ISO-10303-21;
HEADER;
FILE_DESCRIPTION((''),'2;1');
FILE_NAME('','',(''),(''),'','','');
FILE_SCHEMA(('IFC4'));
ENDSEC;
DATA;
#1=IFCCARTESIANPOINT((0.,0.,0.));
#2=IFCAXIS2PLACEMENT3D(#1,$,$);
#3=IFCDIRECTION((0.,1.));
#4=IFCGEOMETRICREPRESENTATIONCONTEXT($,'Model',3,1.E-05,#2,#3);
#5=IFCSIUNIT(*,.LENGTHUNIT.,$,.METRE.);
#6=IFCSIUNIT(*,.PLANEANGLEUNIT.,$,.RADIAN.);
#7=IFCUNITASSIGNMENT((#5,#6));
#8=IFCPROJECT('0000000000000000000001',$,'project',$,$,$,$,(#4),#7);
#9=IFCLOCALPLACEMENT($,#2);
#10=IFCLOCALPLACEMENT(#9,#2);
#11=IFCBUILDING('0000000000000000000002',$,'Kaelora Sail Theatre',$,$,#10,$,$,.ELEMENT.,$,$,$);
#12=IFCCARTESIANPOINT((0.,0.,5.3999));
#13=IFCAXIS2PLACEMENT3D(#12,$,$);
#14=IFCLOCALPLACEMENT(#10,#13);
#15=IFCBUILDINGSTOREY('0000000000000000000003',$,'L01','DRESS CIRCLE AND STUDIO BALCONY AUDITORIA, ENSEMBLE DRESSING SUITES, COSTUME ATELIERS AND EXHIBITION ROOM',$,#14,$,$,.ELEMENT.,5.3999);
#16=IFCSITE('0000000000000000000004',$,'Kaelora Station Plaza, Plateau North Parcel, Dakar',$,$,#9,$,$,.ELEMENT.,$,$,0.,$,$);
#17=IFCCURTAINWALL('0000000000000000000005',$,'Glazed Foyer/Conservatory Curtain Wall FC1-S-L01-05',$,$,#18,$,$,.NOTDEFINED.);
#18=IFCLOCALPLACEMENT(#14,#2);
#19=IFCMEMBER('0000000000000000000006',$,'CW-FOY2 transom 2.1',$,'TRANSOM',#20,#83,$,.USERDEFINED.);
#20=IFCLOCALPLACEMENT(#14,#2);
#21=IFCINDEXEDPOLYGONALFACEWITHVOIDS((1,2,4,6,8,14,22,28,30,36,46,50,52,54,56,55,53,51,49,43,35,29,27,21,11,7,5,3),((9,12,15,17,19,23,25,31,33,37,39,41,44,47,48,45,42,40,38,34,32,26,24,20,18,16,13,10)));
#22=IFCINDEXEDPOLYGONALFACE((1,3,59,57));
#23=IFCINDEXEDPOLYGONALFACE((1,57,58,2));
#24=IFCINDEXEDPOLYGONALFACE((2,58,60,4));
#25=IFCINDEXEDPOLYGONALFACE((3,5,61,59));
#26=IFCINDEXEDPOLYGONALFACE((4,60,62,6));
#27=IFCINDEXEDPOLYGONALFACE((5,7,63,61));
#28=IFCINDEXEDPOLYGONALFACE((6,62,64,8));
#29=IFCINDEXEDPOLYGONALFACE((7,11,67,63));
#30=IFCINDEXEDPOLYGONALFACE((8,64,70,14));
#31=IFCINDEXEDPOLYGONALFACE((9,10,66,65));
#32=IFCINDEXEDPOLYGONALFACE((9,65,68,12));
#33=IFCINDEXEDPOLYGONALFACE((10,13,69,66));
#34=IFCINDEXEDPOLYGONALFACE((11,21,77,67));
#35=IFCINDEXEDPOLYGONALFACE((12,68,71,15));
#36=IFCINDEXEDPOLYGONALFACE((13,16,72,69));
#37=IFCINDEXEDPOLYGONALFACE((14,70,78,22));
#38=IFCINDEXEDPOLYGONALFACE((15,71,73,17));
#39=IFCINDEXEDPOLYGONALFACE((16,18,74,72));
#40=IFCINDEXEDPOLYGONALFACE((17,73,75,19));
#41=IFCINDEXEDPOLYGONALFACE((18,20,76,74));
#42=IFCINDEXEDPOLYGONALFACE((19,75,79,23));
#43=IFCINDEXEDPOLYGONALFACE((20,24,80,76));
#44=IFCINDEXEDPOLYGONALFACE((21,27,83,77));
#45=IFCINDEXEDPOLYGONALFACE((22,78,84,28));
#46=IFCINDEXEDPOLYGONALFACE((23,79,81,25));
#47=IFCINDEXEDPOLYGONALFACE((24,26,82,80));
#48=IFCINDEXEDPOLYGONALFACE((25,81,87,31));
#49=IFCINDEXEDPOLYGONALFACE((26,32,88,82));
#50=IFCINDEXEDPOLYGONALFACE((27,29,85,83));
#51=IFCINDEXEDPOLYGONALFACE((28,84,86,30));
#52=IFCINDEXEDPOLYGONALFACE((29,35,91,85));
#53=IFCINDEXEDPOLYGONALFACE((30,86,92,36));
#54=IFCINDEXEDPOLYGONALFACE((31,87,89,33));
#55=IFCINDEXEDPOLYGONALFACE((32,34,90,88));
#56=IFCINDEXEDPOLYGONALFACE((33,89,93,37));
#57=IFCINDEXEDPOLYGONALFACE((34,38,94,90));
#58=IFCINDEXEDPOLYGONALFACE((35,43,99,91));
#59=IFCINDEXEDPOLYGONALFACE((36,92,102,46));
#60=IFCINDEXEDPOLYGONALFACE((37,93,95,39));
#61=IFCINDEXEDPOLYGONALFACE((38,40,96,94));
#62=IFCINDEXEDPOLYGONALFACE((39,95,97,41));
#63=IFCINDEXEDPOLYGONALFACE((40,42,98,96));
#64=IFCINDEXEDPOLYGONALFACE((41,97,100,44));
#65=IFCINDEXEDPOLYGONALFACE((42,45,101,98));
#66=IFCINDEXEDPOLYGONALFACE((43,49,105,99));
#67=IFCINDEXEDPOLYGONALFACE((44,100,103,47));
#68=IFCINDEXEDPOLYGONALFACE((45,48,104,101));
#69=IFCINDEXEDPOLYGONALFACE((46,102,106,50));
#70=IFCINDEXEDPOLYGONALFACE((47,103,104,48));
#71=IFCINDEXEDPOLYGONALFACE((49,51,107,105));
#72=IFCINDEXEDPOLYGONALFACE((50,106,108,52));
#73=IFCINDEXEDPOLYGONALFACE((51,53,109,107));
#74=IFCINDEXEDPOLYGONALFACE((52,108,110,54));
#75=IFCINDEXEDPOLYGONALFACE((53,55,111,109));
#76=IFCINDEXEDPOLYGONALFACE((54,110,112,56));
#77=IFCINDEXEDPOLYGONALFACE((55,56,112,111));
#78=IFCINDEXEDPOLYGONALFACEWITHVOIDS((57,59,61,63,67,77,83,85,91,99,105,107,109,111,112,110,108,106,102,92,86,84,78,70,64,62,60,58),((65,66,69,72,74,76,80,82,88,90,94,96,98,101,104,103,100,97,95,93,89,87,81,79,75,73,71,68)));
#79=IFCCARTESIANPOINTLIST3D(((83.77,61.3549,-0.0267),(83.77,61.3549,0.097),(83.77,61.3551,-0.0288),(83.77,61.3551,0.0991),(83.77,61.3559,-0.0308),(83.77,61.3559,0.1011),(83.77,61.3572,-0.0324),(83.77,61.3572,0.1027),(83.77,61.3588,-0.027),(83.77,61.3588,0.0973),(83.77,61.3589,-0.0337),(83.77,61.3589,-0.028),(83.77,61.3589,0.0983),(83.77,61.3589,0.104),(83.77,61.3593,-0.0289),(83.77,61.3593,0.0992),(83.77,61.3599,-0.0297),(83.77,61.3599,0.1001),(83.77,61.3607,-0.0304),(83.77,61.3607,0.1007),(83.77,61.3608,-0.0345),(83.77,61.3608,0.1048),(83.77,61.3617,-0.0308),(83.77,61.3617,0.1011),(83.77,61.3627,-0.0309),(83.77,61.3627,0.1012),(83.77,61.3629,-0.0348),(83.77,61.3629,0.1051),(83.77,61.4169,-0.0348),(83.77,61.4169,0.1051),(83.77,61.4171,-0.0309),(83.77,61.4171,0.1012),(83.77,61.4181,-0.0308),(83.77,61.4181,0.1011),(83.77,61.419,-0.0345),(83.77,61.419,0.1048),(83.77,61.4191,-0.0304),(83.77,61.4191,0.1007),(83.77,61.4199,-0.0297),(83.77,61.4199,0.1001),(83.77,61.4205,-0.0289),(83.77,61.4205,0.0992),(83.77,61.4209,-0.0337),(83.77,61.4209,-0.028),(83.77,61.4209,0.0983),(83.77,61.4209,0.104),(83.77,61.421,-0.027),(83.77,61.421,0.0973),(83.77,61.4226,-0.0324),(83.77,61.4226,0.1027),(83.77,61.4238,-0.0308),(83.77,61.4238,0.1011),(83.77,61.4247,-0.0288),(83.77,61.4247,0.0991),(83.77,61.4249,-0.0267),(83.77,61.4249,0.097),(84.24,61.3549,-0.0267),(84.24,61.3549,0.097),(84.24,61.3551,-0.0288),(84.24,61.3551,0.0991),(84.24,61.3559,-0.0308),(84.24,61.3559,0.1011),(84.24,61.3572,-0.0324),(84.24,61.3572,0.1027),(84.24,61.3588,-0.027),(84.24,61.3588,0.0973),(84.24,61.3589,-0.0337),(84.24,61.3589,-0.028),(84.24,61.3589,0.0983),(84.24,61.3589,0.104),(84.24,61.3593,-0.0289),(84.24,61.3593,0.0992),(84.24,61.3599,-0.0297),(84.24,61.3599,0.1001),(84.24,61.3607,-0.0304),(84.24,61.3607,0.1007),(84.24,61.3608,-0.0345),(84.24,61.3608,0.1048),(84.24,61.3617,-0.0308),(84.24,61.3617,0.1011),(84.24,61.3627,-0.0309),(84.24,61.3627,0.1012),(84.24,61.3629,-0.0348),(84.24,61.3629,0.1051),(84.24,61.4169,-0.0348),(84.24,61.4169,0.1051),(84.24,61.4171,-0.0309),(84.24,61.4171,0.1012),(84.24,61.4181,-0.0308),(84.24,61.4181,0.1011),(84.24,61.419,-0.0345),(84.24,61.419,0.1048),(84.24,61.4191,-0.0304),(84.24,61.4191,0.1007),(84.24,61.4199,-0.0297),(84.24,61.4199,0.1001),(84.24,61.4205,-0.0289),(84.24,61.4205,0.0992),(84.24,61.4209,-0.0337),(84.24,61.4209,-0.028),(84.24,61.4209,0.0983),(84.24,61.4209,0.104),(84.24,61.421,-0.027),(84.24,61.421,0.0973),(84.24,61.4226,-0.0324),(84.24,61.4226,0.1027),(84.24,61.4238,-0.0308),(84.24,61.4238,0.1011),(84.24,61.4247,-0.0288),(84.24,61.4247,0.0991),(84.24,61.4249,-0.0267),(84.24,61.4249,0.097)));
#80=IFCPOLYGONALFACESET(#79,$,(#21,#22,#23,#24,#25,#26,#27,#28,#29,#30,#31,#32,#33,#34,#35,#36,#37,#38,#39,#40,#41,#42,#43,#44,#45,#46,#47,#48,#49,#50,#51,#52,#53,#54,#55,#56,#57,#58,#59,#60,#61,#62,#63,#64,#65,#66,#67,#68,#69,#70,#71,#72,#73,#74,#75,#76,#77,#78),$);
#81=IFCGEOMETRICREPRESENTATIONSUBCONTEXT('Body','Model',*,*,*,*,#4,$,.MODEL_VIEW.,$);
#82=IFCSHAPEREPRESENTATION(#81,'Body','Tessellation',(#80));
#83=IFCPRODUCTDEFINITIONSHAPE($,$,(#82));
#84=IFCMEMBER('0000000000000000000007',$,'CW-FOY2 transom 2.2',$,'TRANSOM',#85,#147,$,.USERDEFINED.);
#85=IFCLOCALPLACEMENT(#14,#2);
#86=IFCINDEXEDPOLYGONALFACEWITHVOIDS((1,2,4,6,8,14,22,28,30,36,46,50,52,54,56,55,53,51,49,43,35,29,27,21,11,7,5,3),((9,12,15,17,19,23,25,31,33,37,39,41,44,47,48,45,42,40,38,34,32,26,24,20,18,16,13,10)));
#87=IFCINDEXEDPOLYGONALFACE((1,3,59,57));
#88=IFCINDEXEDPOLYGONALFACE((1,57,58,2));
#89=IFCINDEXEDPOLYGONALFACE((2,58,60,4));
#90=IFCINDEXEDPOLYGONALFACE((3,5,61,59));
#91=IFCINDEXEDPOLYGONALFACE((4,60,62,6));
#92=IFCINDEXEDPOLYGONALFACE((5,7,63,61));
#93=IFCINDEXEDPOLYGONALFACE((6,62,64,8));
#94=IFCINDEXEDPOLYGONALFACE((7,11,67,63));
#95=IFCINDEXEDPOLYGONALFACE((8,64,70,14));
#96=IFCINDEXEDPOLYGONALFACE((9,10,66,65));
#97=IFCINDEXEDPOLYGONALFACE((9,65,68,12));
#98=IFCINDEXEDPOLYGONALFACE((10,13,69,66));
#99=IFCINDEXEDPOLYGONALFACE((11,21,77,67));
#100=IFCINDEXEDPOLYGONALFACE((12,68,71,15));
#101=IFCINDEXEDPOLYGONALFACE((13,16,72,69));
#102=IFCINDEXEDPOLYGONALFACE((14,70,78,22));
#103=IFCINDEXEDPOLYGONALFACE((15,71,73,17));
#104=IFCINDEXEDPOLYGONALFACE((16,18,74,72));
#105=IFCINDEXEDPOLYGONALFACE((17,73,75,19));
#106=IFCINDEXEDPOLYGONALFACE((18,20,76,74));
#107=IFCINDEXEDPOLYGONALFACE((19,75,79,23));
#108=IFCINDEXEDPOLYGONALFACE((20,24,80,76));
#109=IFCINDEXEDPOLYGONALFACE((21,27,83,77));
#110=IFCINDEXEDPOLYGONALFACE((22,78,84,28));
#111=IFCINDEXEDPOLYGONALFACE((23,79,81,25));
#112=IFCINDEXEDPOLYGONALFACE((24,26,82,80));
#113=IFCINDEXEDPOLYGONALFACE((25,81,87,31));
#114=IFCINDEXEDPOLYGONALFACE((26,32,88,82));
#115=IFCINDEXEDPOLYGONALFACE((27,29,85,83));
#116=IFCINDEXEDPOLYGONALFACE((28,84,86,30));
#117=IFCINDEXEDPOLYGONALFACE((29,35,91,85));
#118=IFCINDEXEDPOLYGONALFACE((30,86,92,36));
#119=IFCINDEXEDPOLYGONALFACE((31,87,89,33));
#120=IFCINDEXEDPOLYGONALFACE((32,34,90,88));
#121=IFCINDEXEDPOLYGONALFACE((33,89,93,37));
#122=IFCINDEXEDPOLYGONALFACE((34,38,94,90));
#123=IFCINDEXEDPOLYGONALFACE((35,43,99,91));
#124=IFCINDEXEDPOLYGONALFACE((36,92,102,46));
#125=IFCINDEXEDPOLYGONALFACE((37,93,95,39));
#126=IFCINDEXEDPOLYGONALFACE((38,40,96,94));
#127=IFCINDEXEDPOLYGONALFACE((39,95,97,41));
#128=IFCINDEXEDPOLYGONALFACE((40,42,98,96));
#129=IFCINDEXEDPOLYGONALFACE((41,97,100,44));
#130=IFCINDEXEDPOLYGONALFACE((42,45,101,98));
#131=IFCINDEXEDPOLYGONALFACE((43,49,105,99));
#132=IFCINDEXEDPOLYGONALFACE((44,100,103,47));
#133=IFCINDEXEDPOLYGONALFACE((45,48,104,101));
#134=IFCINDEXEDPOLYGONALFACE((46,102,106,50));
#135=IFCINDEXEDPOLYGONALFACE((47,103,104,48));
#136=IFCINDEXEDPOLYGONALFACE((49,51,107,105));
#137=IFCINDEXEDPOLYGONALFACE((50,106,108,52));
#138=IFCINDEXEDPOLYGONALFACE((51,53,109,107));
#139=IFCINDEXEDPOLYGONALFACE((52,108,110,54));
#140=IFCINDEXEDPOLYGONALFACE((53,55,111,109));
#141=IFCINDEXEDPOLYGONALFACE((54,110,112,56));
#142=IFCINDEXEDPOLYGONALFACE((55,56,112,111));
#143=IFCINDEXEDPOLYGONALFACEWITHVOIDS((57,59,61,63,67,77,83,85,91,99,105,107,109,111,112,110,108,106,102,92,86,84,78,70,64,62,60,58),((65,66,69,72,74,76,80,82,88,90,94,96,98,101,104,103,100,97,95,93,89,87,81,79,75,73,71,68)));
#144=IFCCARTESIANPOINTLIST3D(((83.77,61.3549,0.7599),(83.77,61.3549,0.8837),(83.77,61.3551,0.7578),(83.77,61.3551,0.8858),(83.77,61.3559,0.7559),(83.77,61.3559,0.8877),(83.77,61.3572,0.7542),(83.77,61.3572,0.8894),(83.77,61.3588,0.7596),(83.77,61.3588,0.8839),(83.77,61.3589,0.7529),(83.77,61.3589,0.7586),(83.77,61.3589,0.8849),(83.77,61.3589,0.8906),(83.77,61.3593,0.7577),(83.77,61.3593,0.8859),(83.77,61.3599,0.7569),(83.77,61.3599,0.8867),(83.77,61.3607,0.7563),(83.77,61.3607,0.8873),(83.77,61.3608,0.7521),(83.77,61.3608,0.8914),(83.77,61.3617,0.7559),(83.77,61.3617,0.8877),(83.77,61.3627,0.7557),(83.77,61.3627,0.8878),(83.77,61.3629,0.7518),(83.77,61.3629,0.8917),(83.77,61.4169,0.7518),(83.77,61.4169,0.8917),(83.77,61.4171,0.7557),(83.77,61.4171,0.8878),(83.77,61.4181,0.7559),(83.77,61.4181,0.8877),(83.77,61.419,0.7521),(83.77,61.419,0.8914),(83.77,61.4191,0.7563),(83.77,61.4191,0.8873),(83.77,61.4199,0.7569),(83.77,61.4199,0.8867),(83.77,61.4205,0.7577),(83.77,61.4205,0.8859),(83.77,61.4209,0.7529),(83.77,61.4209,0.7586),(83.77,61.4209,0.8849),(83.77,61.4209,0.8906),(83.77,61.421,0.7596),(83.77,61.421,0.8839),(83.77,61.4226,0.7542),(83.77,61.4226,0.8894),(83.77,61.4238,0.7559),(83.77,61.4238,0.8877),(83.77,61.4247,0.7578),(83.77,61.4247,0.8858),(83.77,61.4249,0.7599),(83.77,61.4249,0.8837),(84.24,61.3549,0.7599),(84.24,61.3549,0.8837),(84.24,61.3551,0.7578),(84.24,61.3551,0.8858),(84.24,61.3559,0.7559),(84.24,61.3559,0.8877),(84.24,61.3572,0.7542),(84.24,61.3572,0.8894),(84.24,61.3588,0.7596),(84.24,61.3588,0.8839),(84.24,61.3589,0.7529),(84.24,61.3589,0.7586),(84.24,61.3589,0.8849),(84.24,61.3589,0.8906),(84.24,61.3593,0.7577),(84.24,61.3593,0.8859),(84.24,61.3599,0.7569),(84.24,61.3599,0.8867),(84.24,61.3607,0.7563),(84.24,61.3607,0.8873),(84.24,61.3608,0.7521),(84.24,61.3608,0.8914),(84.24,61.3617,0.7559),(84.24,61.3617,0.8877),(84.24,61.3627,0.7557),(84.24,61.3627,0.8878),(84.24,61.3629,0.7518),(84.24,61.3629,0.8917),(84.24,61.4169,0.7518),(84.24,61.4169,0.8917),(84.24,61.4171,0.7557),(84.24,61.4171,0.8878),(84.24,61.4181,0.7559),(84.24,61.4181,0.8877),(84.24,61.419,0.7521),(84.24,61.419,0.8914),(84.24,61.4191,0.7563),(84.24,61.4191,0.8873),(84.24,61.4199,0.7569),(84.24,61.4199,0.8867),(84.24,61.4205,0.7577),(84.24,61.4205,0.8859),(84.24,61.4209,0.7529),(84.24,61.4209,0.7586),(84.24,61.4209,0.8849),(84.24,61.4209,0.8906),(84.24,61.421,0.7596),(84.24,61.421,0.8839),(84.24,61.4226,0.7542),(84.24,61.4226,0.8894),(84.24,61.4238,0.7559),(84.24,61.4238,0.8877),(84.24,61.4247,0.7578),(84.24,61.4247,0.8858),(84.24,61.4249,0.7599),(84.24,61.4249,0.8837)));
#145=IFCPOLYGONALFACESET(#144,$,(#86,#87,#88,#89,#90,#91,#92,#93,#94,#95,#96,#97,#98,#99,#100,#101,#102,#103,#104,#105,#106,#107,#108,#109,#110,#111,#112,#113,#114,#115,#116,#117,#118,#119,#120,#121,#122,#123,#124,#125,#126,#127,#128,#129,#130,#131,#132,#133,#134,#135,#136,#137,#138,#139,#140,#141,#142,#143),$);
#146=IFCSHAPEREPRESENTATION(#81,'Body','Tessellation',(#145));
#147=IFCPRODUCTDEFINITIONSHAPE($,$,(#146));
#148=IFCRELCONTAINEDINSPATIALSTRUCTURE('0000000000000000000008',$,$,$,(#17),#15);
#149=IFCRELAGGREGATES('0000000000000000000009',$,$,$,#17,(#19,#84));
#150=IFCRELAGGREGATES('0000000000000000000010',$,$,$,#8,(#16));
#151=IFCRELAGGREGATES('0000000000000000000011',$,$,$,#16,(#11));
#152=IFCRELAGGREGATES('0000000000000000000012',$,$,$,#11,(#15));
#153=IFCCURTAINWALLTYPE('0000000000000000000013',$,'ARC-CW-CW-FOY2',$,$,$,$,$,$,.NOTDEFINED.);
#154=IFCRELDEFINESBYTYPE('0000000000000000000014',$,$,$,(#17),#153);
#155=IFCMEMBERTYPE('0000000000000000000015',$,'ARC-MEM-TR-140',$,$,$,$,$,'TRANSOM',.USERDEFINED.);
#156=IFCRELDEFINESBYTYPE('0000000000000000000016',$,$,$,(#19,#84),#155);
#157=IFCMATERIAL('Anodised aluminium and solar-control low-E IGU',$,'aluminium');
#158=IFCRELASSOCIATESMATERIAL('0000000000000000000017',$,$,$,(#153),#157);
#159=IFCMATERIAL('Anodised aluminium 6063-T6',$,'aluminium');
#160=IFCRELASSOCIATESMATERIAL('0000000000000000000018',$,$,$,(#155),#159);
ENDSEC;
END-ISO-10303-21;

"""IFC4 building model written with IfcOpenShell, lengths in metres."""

from ifc_helpers import new_model, si_unit, direction, frame, origin, origin_2d, place, context, subcontext, project, spatial, hollow_rectangle, extrude, material, material_profile, profile_set, type_object, element, aggregate, save


model = new_model("IFC4")

# Units and contexts
model_context = context("Model", 3, precision=1e-05, world=origin(), true_north=direction((0.0, 1.0)))
body_context = subcontext(model_context, "Body", "Model", "MODEL_VIEW")
ifc_project = project(units=[si_unit("LENGTHUNIT", "METRE"), si_unit("PLANEANGLEUNIT", "RADIAN")], contexts=[model_context])

# Site, building, storey
site_placement = place(None, origin())
site = spatial("IfcSite", under=ifc_project, at=site_placement, Name="Kaelora Station Plaza, Plateau North Parcel, Dakar", CompositionType="ELEMENT", RefElevation=0.0)
building_placement = place(site_placement, origin())
building = spatial("IfcBuilding", under=site, at=building_placement, Name="Kaelora Sail Theatre", CompositionType="ELEMENT")
storey_placement = place(building_placement, frame((0.0, 0.0, 5.3999)))
storey = spatial("IfcBuildingStorey", under=building, at=storey_placement, Name="L01", Description="DRESS CIRCLE AND STUDIO BALCONY AUDITORIA, ENSEMBLE DRESSING SUITES, COSTUME ATELIERS AND EXHIBITION ROOM", CompositionType="ELEMENT", Elevation=5.3999)

# Curtain wall
ifc_material_1 = material(Name="Anodised aluminium and solar-control low-E IGU", Category="aluminium")
curtain_wall_type = type_object("IfcCurtainWallType", Name="ARC-CW-CW-FOY2", PredefinedType="NOTDEFINED", material=ifc_material_1)
curtain_wall_1_placement = place(storey_placement, origin())
curtain_wall_1 = element("IfcCurtainWall", 1, at=curtain_wall_1_placement, inside=storey, type_object=curtain_wall_type, Name="Glazed Foyer/Conservatory Curtain Wall FC1-S-L01-05", PredefinedType="NOTDEFINED")

# Members
ifc_material_2 = material(Name="Anodised aluminium 6063-T6", Category="aluminium")
ifc_material_profile_1 = material_profile(ifc_material_2, hollow_rectangle(XDim=0.0701, YDim=0.1399, WallThickness=0.0039, InnerFilletRadius=0.0039, OuterFilletRadius=0.0081, at=origin_2d()), Name="ALU-TRAN 70x140x4")
ifc_profile_set_1 = profile_set([ifc_material_profile_1], Name="Anodised aluminium 6063-T6")
member_type_1 = type_object("IfcMemberType", Name="ARC-MEM-TR-140", ElementType="TRANSOM", PredefinedType="USERDEFINED", material=ifc_profile_set_1)
member_1_placement = place(storey_placement, frame((83.77, 61.3899, 0.0352), z_axis=(1.0, 0.0, 0.0), x_axis=(0.0, 1.0, 0.0)))
member_1 = element("IfcMember", 2, at=member_1_placement, type_object=member_type_1, Name="CW-FOY2 transom 2.1", ObjectType="TRANSOM", PredefinedType="USERDEFINED", context=body_context, shape_type="SweptSolid", body=[
    extrude(hollow_rectangle(XDim=0.0701, YDim=0.1399, WallThickness=0.0039, InnerFilletRadius=0.0039, OuterFilletRadius=0.0081, at=origin_2d()), origin(), (0.0, 0.0, 1.0), 0.47),
])
member_2_placement = place(storey_placement, frame((83.77, 61.3899, 0.8218), z_axis=(1.0, 0.0, 0.0), x_axis=(0.0, 1.0, 0.0)))
member_2 = element("IfcMember", 3, at=member_2_placement, type_object=member_type_1, Name="CW-FOY2 transom 2.2", ObjectType="TRANSOM", PredefinedType="USERDEFINED", context=body_context, shape_type="SweptSolid", body=[
    extrude(hollow_rectangle(XDim=0.0701, YDim=0.1399, WallThickness=0.0039, InnerFilletRadius=0.0039, OuterFilletRadius=0.0081, at=origin_2d()), origin(), (0.0, 0.0, 1.0), 0.47),
])

aggregate(curtain_wall_1, [member_1, member_2])

save(model, "model.ifc")
